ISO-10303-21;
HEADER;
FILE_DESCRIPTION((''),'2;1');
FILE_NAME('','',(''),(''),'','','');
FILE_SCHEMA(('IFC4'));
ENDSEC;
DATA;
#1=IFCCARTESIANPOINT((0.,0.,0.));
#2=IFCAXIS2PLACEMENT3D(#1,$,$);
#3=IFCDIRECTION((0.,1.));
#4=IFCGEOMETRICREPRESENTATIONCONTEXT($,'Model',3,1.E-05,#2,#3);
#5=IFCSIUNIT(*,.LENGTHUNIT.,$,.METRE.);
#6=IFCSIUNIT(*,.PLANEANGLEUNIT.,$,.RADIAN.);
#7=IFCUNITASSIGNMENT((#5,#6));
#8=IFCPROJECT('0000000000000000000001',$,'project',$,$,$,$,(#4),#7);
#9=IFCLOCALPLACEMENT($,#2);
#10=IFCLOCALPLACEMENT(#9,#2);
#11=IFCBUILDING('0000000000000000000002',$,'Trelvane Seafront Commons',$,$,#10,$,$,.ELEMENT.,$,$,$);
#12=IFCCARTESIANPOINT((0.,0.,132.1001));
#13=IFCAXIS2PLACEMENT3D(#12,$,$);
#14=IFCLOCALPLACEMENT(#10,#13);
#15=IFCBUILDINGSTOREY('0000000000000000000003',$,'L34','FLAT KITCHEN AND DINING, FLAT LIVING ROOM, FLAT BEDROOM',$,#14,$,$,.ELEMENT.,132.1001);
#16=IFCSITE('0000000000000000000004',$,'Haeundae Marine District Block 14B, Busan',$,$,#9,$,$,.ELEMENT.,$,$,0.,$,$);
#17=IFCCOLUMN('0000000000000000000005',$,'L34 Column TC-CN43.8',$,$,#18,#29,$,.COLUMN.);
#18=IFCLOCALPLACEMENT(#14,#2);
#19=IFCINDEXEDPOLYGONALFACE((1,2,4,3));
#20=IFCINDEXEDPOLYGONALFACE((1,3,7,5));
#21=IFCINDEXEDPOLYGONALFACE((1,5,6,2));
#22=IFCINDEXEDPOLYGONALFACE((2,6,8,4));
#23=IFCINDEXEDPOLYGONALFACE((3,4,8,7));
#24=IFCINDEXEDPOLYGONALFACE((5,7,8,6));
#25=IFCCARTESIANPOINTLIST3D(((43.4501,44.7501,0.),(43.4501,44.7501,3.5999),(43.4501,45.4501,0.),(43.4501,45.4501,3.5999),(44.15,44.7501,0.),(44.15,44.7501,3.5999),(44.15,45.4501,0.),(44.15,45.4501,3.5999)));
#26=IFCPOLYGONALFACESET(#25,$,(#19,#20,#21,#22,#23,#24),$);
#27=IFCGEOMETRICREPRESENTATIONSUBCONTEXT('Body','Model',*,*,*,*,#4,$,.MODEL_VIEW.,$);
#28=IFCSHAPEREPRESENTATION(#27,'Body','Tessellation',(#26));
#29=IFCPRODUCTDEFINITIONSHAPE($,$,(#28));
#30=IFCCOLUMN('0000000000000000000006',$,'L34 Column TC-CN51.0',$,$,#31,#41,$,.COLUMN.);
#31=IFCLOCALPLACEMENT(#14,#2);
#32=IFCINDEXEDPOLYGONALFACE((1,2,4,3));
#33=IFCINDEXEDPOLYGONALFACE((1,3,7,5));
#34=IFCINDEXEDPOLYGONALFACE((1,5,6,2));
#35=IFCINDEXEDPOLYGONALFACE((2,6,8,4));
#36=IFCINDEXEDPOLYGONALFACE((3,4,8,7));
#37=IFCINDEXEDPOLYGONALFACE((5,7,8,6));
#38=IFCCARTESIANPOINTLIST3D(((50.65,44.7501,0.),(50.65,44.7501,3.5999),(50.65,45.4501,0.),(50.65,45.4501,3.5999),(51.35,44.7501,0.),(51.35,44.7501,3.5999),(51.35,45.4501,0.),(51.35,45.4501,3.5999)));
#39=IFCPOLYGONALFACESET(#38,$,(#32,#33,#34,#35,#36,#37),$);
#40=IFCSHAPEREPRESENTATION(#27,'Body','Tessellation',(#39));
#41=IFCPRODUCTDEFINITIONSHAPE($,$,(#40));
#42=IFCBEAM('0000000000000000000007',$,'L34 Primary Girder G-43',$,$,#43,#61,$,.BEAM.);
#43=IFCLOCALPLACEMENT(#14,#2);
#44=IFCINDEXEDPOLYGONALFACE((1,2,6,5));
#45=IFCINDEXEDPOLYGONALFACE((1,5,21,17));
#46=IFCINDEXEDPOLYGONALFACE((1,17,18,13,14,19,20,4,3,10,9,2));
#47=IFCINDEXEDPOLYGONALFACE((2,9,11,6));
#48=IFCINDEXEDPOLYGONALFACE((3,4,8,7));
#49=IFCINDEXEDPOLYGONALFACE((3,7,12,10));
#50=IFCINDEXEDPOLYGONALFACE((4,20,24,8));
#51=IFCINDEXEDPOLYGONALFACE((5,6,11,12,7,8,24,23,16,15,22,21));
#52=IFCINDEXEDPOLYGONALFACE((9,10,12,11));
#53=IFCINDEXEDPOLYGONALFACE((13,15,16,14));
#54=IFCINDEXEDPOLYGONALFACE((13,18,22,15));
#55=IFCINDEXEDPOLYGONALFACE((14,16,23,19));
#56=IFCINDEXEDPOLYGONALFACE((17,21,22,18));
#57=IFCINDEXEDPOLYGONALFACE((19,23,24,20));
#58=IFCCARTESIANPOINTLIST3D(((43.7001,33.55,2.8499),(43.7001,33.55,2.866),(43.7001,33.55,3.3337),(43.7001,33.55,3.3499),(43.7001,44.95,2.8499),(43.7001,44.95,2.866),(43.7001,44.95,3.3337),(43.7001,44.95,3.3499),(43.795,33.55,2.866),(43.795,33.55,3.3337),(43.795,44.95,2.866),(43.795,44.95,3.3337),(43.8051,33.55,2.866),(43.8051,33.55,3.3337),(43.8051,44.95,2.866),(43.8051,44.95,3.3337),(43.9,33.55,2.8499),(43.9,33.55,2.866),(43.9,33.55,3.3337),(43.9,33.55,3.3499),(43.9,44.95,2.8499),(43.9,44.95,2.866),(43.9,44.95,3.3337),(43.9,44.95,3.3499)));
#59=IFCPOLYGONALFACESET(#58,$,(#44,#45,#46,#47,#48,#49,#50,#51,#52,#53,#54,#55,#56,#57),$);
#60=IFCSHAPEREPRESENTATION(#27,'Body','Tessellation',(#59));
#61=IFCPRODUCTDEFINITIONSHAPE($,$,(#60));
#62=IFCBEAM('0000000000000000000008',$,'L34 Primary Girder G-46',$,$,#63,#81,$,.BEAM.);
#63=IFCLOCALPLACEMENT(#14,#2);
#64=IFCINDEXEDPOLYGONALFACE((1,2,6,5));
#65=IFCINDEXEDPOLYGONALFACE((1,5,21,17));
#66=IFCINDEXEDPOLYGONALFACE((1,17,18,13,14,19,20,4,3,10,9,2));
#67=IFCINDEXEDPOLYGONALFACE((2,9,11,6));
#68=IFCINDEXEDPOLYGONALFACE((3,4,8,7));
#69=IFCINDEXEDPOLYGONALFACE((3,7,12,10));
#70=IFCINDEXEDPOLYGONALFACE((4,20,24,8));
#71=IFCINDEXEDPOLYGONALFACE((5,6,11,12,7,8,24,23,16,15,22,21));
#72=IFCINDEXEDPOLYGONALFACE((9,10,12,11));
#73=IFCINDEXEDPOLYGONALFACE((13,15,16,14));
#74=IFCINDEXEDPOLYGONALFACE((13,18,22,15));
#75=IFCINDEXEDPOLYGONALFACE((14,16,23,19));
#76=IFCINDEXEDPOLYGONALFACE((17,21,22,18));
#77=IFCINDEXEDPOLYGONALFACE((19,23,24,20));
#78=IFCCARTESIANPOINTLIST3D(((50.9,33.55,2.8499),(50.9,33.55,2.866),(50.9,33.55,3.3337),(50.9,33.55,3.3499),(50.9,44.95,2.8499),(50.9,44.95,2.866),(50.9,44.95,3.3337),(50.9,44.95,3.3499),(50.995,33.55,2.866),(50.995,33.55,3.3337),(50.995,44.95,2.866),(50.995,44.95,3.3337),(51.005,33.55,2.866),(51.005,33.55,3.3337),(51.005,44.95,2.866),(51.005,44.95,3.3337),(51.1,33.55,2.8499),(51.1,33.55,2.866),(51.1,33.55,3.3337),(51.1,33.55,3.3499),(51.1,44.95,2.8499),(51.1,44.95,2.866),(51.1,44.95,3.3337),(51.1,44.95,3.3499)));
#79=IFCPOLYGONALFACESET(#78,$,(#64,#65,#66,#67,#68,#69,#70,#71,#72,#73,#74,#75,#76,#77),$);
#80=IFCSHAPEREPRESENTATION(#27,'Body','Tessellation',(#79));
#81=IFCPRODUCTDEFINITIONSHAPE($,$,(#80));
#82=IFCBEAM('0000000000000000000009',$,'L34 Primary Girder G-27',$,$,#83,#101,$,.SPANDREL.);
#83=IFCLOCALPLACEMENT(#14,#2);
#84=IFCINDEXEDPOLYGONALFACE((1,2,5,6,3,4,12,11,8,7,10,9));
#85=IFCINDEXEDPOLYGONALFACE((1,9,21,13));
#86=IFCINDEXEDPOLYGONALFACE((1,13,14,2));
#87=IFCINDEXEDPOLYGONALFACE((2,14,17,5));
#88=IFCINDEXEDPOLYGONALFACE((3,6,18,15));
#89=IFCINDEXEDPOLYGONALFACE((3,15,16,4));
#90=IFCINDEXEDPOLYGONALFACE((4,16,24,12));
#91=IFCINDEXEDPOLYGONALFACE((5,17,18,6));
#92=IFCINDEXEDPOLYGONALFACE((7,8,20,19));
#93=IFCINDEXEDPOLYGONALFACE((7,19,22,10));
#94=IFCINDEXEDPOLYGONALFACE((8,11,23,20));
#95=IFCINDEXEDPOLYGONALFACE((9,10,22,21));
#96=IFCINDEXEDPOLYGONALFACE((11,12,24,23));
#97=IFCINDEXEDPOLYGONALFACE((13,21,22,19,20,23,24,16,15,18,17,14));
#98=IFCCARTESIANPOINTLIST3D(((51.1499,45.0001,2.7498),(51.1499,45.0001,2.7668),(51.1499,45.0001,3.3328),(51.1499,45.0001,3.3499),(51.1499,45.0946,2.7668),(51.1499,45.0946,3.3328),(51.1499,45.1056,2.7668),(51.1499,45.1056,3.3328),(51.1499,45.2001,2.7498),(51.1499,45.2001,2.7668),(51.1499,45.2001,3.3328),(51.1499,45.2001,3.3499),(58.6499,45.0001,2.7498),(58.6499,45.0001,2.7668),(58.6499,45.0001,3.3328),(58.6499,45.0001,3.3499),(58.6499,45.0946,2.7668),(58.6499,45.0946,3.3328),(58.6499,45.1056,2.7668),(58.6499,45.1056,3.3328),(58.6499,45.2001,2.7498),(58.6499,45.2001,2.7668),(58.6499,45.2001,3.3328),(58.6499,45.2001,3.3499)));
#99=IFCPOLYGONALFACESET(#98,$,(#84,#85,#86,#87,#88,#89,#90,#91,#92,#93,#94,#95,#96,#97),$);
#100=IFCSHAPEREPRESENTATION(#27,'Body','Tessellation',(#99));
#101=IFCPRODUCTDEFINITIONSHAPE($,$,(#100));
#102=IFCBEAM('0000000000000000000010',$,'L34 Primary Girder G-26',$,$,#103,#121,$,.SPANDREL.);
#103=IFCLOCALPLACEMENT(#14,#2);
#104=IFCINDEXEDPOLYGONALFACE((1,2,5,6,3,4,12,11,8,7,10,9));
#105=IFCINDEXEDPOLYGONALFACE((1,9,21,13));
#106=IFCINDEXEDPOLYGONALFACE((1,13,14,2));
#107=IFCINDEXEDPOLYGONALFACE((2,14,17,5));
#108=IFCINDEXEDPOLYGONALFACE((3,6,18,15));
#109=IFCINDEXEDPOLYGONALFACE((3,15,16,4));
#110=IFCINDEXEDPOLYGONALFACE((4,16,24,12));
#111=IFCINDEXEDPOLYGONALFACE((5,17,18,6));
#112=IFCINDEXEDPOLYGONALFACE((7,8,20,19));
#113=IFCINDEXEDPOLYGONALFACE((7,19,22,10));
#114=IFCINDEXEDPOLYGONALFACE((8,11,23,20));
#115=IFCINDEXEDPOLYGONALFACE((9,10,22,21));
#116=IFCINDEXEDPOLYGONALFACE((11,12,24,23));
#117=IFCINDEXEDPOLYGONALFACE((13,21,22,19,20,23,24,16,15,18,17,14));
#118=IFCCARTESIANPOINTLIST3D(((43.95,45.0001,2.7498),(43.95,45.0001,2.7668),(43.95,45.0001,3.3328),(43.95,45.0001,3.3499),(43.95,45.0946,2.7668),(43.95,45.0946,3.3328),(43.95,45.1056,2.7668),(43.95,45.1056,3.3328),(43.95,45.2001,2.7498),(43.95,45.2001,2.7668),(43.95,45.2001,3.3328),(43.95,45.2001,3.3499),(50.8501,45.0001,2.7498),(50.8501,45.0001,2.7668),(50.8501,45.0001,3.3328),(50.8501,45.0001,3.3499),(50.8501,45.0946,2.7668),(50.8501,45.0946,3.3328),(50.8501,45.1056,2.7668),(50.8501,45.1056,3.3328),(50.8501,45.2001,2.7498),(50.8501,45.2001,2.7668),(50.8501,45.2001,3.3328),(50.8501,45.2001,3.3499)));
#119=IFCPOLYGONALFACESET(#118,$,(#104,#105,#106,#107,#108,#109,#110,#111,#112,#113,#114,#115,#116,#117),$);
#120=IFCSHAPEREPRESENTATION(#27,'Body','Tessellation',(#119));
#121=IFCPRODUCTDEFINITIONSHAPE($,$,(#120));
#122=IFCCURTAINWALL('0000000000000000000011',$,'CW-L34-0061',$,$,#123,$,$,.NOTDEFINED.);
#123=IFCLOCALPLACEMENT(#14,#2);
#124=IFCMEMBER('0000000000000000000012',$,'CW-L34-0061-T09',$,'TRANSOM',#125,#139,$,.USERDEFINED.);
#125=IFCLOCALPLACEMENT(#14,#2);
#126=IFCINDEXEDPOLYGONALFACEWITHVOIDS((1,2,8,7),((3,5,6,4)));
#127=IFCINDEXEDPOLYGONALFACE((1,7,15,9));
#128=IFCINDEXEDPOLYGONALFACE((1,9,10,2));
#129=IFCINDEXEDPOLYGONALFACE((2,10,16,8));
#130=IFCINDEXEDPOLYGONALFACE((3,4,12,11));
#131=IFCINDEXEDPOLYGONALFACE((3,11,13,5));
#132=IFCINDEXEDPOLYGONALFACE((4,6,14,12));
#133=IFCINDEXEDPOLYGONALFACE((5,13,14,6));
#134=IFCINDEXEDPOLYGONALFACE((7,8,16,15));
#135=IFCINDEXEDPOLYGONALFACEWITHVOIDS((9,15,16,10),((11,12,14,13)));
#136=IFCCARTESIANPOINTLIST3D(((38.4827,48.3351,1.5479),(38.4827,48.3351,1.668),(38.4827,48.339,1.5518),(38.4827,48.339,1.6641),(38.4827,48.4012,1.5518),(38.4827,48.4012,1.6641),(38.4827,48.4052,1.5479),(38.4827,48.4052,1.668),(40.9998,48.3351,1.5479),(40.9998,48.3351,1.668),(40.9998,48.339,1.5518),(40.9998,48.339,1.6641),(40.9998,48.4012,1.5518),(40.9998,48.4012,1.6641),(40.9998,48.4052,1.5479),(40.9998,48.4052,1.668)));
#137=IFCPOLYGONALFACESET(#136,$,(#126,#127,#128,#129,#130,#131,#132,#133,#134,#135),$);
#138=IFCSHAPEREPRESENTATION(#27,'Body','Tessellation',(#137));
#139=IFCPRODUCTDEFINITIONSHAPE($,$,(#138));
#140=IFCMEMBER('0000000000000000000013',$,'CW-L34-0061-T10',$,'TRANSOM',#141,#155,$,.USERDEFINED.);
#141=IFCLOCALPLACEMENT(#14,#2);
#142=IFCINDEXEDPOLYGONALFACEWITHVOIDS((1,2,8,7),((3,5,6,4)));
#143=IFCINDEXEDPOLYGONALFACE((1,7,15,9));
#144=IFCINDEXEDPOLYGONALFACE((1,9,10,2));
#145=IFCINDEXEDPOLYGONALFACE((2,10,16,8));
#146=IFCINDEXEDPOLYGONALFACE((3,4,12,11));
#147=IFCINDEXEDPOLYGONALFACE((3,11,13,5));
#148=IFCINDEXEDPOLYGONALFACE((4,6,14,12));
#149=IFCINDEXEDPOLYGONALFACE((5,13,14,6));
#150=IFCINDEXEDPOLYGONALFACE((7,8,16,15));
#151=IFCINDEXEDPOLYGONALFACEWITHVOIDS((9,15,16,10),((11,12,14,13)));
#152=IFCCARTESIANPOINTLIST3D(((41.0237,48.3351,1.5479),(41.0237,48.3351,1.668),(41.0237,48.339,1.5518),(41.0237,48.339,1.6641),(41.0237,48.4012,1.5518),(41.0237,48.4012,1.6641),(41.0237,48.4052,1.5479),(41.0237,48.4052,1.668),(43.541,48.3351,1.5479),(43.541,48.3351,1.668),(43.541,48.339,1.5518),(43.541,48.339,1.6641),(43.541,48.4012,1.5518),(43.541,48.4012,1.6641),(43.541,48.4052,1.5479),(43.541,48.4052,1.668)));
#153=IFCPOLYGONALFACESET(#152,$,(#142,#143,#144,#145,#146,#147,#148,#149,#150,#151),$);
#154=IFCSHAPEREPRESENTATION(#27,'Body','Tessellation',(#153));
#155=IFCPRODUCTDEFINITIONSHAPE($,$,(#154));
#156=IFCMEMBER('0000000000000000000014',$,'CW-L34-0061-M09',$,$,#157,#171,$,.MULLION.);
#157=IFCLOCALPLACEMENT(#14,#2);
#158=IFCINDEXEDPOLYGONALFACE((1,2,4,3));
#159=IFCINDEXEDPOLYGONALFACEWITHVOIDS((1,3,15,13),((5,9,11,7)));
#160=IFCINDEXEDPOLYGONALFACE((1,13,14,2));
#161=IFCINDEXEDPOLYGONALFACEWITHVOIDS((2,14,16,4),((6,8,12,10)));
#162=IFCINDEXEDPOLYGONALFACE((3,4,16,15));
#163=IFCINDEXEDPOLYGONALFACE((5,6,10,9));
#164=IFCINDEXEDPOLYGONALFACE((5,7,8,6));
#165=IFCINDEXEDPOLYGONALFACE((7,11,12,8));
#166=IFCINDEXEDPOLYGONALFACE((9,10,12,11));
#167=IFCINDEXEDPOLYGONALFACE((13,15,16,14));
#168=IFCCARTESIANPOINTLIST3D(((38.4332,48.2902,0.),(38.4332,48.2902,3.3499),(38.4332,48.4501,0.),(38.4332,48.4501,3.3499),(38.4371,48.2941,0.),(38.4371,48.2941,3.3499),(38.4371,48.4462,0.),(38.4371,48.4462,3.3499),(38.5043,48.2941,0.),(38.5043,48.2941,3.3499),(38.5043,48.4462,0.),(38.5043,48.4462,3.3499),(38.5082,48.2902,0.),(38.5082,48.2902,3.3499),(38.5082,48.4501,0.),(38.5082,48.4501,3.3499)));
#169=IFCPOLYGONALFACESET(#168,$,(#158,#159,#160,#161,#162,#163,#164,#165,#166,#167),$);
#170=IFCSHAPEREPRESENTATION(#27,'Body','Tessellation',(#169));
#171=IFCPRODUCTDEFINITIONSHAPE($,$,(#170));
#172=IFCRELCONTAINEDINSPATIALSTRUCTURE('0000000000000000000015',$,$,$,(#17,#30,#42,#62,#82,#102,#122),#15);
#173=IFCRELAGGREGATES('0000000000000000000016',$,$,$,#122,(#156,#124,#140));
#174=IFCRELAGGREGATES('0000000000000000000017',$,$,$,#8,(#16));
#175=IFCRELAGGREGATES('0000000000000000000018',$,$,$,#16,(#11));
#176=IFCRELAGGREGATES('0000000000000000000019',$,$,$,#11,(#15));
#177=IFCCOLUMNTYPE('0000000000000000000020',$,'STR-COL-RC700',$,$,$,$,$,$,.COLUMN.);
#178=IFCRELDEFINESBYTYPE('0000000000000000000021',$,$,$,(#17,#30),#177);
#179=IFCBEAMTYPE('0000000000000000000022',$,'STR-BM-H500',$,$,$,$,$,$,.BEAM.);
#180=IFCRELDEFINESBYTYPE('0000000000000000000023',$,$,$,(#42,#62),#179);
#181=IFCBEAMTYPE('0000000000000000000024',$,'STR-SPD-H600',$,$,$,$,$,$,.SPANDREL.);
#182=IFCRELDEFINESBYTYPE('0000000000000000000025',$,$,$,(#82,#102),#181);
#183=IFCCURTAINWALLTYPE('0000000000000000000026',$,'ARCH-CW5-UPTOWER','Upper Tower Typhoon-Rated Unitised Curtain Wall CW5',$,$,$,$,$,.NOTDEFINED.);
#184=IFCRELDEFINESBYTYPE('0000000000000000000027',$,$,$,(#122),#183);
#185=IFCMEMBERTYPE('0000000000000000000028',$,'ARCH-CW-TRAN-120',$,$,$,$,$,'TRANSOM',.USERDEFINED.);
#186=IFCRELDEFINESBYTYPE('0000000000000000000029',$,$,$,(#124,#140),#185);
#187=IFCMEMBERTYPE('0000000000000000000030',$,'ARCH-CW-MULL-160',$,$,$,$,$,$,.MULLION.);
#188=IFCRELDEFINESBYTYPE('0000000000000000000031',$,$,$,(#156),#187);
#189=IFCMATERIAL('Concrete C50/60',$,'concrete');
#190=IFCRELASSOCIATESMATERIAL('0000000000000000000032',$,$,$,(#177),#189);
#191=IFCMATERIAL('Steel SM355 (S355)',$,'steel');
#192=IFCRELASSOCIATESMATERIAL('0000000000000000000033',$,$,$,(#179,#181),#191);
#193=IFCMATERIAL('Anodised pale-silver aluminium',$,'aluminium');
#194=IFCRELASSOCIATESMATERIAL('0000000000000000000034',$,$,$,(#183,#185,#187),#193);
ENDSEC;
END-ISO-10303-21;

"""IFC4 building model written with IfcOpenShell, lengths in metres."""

from ifc_helpers import new_model, si_unit, direction, frame, origin, origin_2d, place, context, subcontext, project, spatial, rectangle, hollow_rectangle, i_section, extrude, source, transform, mapped, material, material_profile, profile_set, type_object, element, aggregate, save


model = new_model("IFC4")

# Units and contexts
model_context = context("Model", 3, precision=1e-05, world=origin(), true_north=direction((0.0, 1.0)))
body_context = subcontext(model_context, "Body", "Model", "MODEL_VIEW")
ifc_project = project(units=[si_unit("LENGTHUNIT", "METRE"), si_unit("PLANEANGLEUNIT", "RADIAN")], contexts=[model_context])

# Site, building, storey
site_placement = place(None, origin())
site = spatial("IfcSite", under=ifc_project, at=site_placement, Name="Haeundae Marine District Block 14B, Busan", CompositionType="ELEMENT", RefElevation=0.0)
building_placement = place(site_placement, origin())
building = spatial("IfcBuilding", under=site, at=building_placement, Name="Trelvane Seafront Commons", CompositionType="ELEMENT")
storey_placement = place(building_placement, frame((0.0, 0.0, 132.1001)))
storey = spatial("IfcBuildingStorey", under=building, at=storey_placement, Name="L34", Description="FLAT KITCHEN AND DINING, FLAT LIVING ROOM, FLAT BEDROOM", CompositionType="ELEMENT", Elevation=132.1001)

# Columns
ifc_material_1 = material(Name="Concrete C50/60", Category="concrete")
ifc_material_profile_1 = material_profile(ifc_material_1, rectangle(XDim=0.7, YDim=0.7, at=origin_2d()), Name="RC-700x700")
ifc_profile_set_1 = profile_set([ifc_material_profile_1], Name="Concrete C50/60")
column_type = type_object("IfcColumnType", Name="STR-COL-RC700", PredefinedType="COLUMN", material=ifc_profile_set_1)
shared_shape_1 = source(origin(), body_context, "Body", "SweptSolid", [
    extrude(rectangle(XDim=0.7, YDim=0.7, at=origin_2d()), origin(), (0.0, 0.0, 1.0), 3.5999),
])
for number, where, z_axis, x_axis, name in (
    (1, (43.8, 45.1001, 0.0), (0.0, 0.0, 1.0), (1.0, 0.0, 0.0), "L34 Column TC-CN43.8"),
    (2, (51.0, 45.1001, 0.0), (0.0, 0.0, 1.0), (1.0, 0.0, 0.0), "L34 Column TC-CN51.0"),
):
    element("IfcColumn", number, at=place(storey_placement, frame(where, z_axis=z_axis, x_axis=x_axis)), inside=storey, type_object=column_type, Name=name, PredefinedType="COLUMN", context=body_context, shape_type="MappedRepresentation", body=[
        mapped(shared_shape_1, transform((0.0, 0.0, 0.0), x_axis=(1.0, 0.0, 0.0), y_axis=(0.0, 1.0, 0.0), z_axis=(0.0, 0.0, 1.0), scale=1.0)),
    ])

# Beams
ifc_material_2 = material(Name="Steel SM355 (S355)", Category="steel")
ifc_material_profile_2 = material_profile(ifc_material_2, i_section(OverallWidth=0.2, OverallDepth=0.5, WebThickness=0.01, FlangeThickness=0.0161, at=origin_2d()), Name="H-500x200x10x16")
ifc_profile_set_2 = profile_set([ifc_material_profile_2], Name="Steel SM355 (S355)")
beam_type_1 = type_object("IfcBeamType", Name="STR-BM-H500", PredefinedType="BEAM", material=ifc_profile_set_2)
shared_shape_2 = source(origin(), body_context, "Body", "SweptSolid", [
    extrude(i_section(OverallWidth=0.2, OverallDepth=0.5, WebThickness=0.01, FlangeThickness=0.0161, at=origin_2d()), origin(), (0.0, 0.0, 1.0), 11.3999),
])
for number, where, z_axis, x_axis, name in (
    (3, (43.8, 33.55, 3.0999), (0.0, 1.0, 0.0), (-1.0, 0.0, 0.0), "L34 Primary Girder G-43"),
    (4, (51.0, 33.55, 3.0999), (0.0, 1.0, 0.0), (-1.0, 0.0, 0.0), "L34 Primary Girder G-46"),
):
    element("IfcBeam", number, at=place(storey_placement, frame(where, z_axis=z_axis, x_axis=x_axis)), inside=storey, type_object=beam_type_1, Name=name, PredefinedType="BEAM", context=body_context, shape_type="MappedRepresentation", body=[
        mapped(shared_shape_2, transform((0.0, 0.0, 0.0), x_axis=(1.0, 0.0, 0.0), y_axis=(0.0, 1.0, 0.0), z_axis=(0.0, 0.0, 1.0), scale=1.0)),
    ])
ifc_material_profile_3 = material_profile(ifc_material_2, i_section(OverallWidth=0.2, OverallDepth=0.6001, WebThickness=0.011, FlangeThickness=0.0171, at=origin_2d()), Name="H-600x200x11x17")
ifc_profile_set_3 = profile_set([ifc_material_profile_3], Name="Steel SM355 (S355)")
beam_type_2 = type_object("IfcBeamType", Name="STR-SPD-H600", PredefinedType="SPANDREL", material=ifc_profile_set_3)
shared_shape_3 = source(origin(), body_context, "Body", "SweptSolid", [
    extrude(i_section(OverallWidth=0.2, OverallDepth=0.6001, WebThickness=0.011, FlangeThickness=0.0171, at=origin_2d()), origin(), (0.0, 0.0, 1.0), 7.5),
])
beam_1_placement = place(storey_placement, frame((51.1499, 45.1001, 3.0498), z_axis=(1.0, 0.0, 0.0), x_axis=(0.0, 1.0, 0.0)))
element("IfcBeam", 5, at=beam_1_placement, inside=storey, type_object=beam_type_2, Name="L34 Primary Girder G-27", PredefinedType="SPANDREL", context=body_context, shape_type="MappedRepresentation", body=[
    mapped(shared_shape_3, transform((0.0, 0.0, 0.0), x_axis=(1.0, 0.0, 0.0), y_axis=(0.0, 1.0, 0.0), z_axis=(0.0, 0.0, 1.0), scale=1.0)),
])
shared_shape_4 = source(origin(), body_context, "Body", "SweptSolid", [
    extrude(i_section(OverallWidth=0.2, OverallDepth=0.6001, WebThickness=0.011, FlangeThickness=0.0171, at=origin_2d()), origin(), (0.0, 0.0, 1.0), 6.9001),
])
beam_2_placement = place(storey_placement, frame((43.95, 45.1001, 3.0498), z_axis=(1.0, 0.0, 0.0), x_axis=(0.0, 1.0, 0.0)))
element("IfcBeam", 6, at=beam_2_placement, inside=storey, type_object=beam_type_2, Name="L34 Primary Girder G-26", PredefinedType="SPANDREL", context=body_context, shape_type="MappedRepresentation", body=[
    mapped(shared_shape_4, transform((0.0, 0.0, 0.0), x_axis=(1.0, 0.0, 0.0), y_axis=(0.0, 1.0, 0.0), z_axis=(0.0, 0.0, 1.0), scale=1.0)),
])

# Curtain wall, members
ifc_material_3 = material(Name="Anodised pale-silver aluminium", Category="aluminium")
curtain_wall_type = type_object("IfcCurtainWallType", Name="ARCH-CW5-UPTOWER", Description="Upper Tower Typhoon-Rated Unitised Curtain Wall CW5", PredefinedType="NOTDEFINED", material=ifc_material_3)
curtain_wall_placement = place(storey_placement, origin())
curtain_wall = element("IfcCurtainWall", 7, at=curtain_wall_placement, inside=storey, type_object=curtain_wall_type, Name="CW-L34-0061", PredefinedType="NOTDEFINED")
ifc_material_profile_4 = material_profile(ifc_material_3, hollow_rectangle(XDim=0.0701, YDim=0.1201, WallThickness=0.0039, at=origin_2d()), Name="TRAN-70x120x4")
ifc_profile_set_4 = profile_set([ifc_material_profile_4], Name="Anodised pale-silver aluminium")
member_type_1 = type_object("IfcMemberType", Name="ARCH-CW-TRAN-120", ElementType="TRANSOM", PredefinedType="USERDEFINED", material=ifc_profile_set_4)
shared_shape_5 = source(origin(), body_context, "Body", "SweptSolid", [
    extrude(hollow_rectangle(XDim=0.0701, YDim=0.1201, WallThickness=0.0039, at=origin_2d()), origin(), (0.0, 0.0, 1.0), 2.5171),
])
member_1_placement = place(storey_placement, frame((38.4827, 48.3701, 1.6079), z_axis=(1.0, 0.0, 0.0), x_axis=(0.0, 1.0, 0.0)))
member_1 = element("IfcMember", 8, at=member_1_placement, type_object=member_type_1, Name="CW-L34-0061-T09", ObjectType="TRANSOM", PredefinedType="USERDEFINED", context=body_context, shape_type="MappedRepresentation", body=[
    mapped(shared_shape_5, transform((0.0, 0.0, 0.0), x_axis=(1.0, 0.0, 0.0), y_axis=(0.0, 1.0, 0.0), z_axis=(0.0, 0.0, 1.0), scale=1.0)),
])
shared_shape_6 = source(origin(), body_context, "Body", "SweptSolid", [
    extrude(hollow_rectangle(XDim=0.0701, YDim=0.1201, WallThickness=0.0039, at=origin_2d()), origin(), (0.0, 0.0, 1.0), 2.5173),
])
member_2_placement = place(storey_placement, frame((41.0237, 48.3701, 1.6079), z_axis=(1.0, 0.0, 0.0), x_axis=(0.0, 1.0, 0.0)))
member_2 = element("IfcMember", 9, at=member_2_placement, type_object=member_type_1, Name="CW-L34-0061-T10", ObjectType="TRANSOM", PredefinedType="USERDEFINED", context=body_context, shape_type="MappedRepresentation", body=[
    mapped(shared_shape_6, transform((0.0, 0.0, 0.0), x_axis=(1.0, 0.0, 0.0), y_axis=(0.0, 1.0, 0.0), z_axis=(0.0, 0.0, 1.0), scale=1.0)),
])
ifc_material_profile_5 = material_profile(ifc_material_3, hollow_rectangle(XDim=0.075, YDim=0.1599, WallThickness=0.0039, at=origin_2d()), Name="MULL-75x160x4")
ifc_profile_set_5 = profile_set([ifc_material_profile_5], Name="Anodised pale-silver aluminium")
member_type_2 = type_object("IfcMemberType", Name="ARCH-CW-MULL-160", PredefinedType="MULLION", material=ifc_profile_set_5)
shared_shape_7 = source(origin(), body_context, "Body", "SweptSolid", [
    extrude(hollow_rectangle(XDim=0.075, YDim=0.1599, WallThickness=0.0039, at=origin_2d()), origin(), (0.0, 0.0, 1.0), 3.3499),
])
member_3_placement = place(storey_placement, frame((38.4707, 48.3701, 0.0), z_axis=(0.0, 0.0, 1.0), x_axis=(1.0, 0.0, 0.0)))
member_3 = element("IfcMember", 10, at=member_3_placement, type_object=member_type_2, Name="CW-L34-0061-M09", PredefinedType="MULLION", context=body_context, shape_type="MappedRepresentation", body=[
    mapped(shared_shape_7, transform((0.0, 0.0, 0.0), x_axis=(1.0, 0.0, 0.0), y_axis=(0.0, 1.0, 0.0), z_axis=(0.0, 0.0, 1.0), scale=1.0)),
])
aggregate(curtain_wall, [member_3, member_1, member_2])

save(model, "model.ifc")
